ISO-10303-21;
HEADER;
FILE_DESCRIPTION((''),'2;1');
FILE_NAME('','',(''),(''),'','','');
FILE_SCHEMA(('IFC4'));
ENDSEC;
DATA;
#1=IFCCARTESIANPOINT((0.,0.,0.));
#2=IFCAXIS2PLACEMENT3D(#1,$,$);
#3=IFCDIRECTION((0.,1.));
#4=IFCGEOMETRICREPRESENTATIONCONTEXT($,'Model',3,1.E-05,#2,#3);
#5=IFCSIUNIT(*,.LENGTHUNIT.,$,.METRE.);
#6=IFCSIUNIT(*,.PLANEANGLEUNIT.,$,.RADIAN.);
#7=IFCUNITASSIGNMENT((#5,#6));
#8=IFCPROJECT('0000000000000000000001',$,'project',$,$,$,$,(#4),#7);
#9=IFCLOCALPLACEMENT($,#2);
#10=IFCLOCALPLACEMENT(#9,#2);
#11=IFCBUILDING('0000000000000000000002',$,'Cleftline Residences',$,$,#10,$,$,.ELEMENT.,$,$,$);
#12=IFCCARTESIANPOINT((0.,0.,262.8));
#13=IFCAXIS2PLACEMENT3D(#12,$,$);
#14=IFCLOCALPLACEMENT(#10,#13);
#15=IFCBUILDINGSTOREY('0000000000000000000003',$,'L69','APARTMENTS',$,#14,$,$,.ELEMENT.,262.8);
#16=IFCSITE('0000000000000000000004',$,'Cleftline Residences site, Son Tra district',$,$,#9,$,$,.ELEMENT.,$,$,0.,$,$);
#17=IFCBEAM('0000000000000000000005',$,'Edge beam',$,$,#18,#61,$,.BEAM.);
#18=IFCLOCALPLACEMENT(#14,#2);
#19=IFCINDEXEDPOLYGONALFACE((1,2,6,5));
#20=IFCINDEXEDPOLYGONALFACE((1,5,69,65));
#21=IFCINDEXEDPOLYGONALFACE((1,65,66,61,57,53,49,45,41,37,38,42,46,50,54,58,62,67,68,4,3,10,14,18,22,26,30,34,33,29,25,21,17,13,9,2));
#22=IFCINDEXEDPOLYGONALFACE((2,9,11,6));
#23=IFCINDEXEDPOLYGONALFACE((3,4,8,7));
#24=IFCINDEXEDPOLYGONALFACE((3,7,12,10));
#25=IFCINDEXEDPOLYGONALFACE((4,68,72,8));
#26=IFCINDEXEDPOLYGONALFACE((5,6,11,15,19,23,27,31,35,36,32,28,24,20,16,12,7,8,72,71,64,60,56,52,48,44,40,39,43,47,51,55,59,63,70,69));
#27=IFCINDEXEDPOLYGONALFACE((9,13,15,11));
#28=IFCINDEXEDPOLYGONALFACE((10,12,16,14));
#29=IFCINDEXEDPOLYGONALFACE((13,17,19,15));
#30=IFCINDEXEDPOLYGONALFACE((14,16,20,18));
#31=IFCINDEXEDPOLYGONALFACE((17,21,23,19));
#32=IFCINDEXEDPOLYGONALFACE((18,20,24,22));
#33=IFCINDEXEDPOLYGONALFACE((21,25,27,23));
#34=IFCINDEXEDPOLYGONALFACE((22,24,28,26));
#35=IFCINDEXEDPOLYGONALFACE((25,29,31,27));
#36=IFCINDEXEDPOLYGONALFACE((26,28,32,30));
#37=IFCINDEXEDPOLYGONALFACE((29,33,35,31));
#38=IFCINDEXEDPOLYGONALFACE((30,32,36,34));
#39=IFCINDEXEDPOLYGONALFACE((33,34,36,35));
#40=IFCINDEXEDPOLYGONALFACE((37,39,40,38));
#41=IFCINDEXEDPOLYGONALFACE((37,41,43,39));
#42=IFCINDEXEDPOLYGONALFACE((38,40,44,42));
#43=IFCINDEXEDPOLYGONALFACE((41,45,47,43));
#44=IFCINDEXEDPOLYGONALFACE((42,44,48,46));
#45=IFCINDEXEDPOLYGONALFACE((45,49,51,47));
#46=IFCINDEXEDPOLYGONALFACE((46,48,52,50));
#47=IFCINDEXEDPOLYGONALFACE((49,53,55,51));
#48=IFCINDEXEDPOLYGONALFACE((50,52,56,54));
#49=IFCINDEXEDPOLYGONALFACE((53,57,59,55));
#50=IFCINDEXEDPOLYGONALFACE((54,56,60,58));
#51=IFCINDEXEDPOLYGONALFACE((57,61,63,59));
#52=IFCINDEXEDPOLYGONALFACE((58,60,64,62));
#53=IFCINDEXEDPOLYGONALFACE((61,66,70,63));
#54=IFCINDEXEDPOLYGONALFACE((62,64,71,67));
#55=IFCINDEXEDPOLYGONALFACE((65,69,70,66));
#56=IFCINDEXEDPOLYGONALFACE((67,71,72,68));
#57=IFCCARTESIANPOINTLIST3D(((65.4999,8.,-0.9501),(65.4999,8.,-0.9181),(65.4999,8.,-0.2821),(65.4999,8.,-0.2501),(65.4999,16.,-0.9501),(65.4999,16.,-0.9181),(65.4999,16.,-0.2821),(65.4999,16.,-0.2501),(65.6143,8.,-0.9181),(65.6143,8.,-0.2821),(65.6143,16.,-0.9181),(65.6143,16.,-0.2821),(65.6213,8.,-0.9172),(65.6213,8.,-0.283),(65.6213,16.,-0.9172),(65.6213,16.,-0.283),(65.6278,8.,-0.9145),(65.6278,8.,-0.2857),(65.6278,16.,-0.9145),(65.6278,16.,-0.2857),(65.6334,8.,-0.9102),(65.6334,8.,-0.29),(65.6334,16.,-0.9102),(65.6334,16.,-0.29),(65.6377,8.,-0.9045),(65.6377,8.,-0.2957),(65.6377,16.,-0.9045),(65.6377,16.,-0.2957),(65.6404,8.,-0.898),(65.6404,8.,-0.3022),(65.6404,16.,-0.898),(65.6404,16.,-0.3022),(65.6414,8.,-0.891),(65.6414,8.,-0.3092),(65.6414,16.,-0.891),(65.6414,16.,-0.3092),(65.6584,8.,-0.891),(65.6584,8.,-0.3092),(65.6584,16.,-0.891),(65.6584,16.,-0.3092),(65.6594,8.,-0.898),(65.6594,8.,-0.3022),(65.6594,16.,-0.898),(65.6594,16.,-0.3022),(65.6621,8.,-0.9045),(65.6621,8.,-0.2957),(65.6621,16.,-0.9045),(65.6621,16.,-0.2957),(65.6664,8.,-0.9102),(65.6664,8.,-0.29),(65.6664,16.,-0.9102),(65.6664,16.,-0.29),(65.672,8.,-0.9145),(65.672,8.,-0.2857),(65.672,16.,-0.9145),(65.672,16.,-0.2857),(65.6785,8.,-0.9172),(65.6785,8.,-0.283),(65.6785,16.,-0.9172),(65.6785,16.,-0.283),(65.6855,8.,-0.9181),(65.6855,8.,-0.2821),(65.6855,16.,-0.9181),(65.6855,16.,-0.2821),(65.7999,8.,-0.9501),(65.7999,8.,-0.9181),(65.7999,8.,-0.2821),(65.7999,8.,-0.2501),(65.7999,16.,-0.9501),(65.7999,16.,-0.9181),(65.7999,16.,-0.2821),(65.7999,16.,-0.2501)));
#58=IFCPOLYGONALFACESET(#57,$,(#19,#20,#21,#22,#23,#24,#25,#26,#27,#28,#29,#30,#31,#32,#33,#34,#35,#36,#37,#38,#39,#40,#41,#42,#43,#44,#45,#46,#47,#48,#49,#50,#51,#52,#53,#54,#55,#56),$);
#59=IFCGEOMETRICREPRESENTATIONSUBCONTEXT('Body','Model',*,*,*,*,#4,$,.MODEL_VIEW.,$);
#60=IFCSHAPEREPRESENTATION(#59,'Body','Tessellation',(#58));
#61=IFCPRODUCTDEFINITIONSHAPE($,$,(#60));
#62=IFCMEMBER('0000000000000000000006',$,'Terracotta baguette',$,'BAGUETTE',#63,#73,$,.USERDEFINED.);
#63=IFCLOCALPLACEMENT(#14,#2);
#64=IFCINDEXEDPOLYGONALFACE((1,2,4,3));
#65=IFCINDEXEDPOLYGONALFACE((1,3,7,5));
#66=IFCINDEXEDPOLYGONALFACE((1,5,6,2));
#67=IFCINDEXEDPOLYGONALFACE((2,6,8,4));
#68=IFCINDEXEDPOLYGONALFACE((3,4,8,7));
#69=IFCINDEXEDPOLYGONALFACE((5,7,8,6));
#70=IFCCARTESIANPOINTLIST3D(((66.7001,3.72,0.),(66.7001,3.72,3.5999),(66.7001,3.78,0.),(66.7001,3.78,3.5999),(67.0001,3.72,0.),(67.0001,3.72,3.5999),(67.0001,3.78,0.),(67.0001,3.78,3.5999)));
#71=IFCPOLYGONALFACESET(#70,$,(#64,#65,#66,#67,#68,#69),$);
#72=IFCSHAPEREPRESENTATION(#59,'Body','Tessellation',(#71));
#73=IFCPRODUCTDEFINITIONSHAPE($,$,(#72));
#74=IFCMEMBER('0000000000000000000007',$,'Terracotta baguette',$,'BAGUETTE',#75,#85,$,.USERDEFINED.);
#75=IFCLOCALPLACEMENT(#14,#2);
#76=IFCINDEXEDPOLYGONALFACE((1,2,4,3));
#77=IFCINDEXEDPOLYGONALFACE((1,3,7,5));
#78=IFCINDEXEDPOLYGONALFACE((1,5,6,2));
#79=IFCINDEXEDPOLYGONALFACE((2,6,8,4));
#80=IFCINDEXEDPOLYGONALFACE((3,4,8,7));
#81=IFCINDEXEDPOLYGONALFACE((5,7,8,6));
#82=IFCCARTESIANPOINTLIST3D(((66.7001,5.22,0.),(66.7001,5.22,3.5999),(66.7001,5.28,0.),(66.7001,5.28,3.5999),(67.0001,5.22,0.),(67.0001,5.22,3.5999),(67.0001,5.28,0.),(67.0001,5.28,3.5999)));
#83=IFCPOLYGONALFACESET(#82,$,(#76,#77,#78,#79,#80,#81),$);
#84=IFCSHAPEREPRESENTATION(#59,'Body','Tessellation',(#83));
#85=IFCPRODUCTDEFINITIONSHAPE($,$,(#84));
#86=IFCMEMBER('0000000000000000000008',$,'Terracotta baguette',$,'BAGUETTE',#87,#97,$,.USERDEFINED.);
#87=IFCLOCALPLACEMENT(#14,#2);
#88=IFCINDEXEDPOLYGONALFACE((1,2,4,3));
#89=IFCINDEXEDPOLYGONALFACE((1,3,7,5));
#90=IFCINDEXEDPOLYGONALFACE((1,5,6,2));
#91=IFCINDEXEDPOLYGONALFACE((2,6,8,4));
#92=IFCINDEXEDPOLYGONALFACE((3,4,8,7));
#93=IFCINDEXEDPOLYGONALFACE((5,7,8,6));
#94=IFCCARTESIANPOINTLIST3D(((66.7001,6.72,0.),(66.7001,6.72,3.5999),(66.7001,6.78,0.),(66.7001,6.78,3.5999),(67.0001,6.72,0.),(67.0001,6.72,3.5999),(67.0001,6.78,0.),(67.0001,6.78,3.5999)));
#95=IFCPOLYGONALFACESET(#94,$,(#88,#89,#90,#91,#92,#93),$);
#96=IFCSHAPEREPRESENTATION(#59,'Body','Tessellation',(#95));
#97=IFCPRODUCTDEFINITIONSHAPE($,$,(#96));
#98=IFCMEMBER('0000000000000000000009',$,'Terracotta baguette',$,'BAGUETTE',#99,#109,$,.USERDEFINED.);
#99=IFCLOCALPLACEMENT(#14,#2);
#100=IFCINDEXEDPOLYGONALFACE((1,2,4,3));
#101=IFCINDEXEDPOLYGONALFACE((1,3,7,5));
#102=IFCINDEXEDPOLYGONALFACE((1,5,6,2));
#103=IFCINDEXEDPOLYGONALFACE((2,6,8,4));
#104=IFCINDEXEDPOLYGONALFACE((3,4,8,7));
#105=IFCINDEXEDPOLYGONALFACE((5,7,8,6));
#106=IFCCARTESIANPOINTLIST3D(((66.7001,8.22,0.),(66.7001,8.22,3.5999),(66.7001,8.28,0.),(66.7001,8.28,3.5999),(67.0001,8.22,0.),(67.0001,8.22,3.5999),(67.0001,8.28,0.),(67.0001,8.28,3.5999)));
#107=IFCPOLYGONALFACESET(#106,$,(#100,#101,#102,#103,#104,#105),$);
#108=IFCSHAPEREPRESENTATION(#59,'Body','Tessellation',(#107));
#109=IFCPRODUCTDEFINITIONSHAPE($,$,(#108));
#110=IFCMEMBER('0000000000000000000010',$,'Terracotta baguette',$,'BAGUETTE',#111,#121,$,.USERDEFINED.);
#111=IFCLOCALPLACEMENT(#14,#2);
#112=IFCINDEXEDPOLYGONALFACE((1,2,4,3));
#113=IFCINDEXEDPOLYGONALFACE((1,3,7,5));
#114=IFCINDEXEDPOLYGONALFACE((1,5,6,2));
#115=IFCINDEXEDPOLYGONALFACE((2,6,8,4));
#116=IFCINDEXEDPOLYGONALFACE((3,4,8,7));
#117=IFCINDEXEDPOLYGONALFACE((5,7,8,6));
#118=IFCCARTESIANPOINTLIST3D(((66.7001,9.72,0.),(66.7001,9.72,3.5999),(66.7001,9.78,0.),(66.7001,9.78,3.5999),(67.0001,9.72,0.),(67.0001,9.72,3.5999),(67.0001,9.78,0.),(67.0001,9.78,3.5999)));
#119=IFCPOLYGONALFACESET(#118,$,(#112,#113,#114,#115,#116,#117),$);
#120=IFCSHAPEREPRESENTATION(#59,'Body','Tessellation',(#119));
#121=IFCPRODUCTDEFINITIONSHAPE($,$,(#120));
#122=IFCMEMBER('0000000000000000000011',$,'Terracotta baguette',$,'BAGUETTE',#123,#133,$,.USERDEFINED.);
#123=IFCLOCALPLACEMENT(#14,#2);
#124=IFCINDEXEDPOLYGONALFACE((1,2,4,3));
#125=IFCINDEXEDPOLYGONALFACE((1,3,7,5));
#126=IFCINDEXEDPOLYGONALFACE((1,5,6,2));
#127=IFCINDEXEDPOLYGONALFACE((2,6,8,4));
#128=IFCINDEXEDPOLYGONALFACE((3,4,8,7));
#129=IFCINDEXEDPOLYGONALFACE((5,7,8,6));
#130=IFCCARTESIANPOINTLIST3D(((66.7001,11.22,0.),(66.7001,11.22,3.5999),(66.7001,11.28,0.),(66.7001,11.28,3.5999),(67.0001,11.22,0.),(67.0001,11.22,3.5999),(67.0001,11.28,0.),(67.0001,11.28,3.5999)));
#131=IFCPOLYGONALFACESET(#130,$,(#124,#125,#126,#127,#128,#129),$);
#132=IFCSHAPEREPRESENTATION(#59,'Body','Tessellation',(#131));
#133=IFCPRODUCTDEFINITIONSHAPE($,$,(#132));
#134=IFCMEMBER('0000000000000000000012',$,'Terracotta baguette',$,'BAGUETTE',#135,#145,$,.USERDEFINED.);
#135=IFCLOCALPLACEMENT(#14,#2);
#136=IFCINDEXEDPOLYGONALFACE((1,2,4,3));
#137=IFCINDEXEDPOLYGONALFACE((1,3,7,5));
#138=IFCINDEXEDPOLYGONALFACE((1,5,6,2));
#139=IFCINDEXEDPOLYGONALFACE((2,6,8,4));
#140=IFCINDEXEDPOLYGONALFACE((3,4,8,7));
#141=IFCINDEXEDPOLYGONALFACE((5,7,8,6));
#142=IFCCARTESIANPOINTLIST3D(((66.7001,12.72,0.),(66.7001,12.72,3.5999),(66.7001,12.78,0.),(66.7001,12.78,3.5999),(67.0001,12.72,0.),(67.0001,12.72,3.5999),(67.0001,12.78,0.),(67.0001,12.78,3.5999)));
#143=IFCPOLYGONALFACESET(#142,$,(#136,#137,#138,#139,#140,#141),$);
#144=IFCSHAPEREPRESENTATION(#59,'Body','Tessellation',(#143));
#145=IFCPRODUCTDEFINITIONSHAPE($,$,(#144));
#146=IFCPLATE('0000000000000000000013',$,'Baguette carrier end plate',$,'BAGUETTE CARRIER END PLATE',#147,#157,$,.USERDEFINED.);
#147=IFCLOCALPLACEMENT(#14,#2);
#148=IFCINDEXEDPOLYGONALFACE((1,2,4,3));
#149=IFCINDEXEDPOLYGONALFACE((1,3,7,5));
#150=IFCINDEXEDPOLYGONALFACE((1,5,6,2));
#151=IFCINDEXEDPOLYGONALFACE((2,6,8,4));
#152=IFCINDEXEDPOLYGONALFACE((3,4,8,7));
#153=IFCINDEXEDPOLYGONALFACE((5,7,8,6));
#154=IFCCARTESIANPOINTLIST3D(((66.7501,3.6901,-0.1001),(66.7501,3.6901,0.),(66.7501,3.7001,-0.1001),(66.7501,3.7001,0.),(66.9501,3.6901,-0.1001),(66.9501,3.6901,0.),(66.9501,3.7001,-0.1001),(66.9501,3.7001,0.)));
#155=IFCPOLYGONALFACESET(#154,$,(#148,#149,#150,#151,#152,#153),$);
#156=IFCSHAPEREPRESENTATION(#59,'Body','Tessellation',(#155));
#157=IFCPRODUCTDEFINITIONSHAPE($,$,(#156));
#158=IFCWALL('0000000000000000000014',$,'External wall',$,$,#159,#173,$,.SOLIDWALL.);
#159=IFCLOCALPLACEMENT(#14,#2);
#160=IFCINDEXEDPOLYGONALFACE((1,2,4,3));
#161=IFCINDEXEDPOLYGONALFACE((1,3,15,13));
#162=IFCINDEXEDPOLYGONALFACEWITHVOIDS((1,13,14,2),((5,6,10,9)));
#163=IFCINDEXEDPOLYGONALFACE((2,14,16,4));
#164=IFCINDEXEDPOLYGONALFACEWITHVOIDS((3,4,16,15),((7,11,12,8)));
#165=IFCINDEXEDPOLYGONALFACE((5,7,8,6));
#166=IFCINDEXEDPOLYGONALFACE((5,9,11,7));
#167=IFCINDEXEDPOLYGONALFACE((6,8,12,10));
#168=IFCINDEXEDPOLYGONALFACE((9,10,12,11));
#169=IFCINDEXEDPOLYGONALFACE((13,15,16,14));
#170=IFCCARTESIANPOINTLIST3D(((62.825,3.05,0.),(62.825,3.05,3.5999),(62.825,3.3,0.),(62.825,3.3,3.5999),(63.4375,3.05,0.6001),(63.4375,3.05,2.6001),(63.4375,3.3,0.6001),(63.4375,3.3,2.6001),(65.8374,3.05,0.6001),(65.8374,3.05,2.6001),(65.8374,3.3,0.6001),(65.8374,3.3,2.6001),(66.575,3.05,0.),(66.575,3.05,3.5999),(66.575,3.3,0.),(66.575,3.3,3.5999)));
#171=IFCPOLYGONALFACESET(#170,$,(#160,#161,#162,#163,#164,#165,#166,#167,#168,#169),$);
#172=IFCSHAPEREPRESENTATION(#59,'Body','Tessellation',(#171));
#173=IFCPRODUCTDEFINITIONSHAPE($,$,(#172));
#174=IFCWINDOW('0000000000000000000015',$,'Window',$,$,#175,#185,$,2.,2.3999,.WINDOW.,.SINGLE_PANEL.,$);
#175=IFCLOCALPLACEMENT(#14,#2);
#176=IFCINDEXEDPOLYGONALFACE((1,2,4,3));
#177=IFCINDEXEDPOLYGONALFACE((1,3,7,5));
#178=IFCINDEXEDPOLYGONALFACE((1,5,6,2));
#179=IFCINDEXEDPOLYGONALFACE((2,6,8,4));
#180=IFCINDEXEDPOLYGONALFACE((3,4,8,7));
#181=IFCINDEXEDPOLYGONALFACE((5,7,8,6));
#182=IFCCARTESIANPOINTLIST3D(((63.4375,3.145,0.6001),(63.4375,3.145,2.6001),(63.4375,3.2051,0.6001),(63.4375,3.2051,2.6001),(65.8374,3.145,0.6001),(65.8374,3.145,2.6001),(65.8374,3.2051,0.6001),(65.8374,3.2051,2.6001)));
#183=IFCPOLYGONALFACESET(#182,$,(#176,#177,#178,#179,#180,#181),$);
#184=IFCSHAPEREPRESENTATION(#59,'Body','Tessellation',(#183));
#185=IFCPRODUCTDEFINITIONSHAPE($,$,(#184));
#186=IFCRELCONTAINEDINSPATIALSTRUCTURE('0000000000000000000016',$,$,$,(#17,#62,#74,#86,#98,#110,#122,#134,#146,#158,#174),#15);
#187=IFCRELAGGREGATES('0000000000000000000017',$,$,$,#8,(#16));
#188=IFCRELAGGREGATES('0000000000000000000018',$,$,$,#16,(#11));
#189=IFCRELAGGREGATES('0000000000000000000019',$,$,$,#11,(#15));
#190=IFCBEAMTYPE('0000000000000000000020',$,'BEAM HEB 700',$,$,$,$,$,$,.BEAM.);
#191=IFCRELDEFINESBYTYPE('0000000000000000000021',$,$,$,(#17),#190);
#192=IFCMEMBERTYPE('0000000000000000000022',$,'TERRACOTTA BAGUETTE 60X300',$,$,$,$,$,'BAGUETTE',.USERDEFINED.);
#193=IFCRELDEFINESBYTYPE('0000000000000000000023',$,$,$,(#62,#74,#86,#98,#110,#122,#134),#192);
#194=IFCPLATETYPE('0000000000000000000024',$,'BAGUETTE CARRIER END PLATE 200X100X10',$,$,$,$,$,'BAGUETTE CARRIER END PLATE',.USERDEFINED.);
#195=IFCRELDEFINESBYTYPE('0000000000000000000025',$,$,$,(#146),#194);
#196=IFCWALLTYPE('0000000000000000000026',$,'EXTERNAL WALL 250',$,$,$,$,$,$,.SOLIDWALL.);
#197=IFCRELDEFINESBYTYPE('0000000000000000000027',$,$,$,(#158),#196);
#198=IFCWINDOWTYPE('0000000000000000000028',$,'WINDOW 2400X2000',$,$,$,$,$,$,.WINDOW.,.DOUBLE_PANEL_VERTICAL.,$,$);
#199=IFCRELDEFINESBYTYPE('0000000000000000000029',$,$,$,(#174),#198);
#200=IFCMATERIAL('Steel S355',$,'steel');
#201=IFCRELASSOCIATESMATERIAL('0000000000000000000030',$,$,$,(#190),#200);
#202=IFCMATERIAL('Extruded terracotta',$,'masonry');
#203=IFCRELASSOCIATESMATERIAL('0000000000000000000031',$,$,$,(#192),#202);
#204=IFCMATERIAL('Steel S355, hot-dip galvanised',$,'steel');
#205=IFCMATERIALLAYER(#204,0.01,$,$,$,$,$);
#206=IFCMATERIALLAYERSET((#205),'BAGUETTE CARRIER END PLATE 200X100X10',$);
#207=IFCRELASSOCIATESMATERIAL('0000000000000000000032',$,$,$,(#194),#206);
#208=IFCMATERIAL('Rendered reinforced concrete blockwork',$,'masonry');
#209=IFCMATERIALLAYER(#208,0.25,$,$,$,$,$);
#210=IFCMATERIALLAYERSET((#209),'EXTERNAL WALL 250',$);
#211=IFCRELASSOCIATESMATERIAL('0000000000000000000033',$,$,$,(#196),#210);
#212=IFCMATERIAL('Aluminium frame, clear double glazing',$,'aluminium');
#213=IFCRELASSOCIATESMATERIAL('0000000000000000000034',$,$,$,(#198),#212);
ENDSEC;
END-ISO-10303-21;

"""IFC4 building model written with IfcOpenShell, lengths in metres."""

from ifc_helpers import new_model, si_unit, direction, frame, frame_2d, origin, origin_2d, place, context, subcontext, project, spatial, rectangle, i_section, extrude, material, layer, layer_set, material_profile, profile_set, type_object, element, fill, save


model = new_model("IFC4")

# Units and contexts
model_context = context("Model", 3, precision=1e-05, world=origin(), true_north=direction((0.0, 1.0)))
body_context = subcontext(model_context, "Body", "Model", "MODEL_VIEW")
ifc_project = project(units=[si_unit("LENGTHUNIT", "METRE"), si_unit("PLANEANGLEUNIT", "RADIAN")], contexts=[model_context])

# Site, building, storey
site_placement = place(None, origin())
site = spatial("IfcSite", under=ifc_project, at=site_placement, Name="Cleftline Residences site, Son Tra district", CompositionType="ELEMENT", RefElevation=0.0)
building_placement = place(site_placement, origin())
building = spatial("IfcBuilding", under=site, at=building_placement, Name="Cleftline Residences", CompositionType="ELEMENT")
storey_placement = place(building_placement, frame((0.0, 0.0, 262.8)))
storey = spatial("IfcBuildingStorey", under=building, at=storey_placement, Name="L69", Description="APARTMENTS", CompositionType="ELEMENT", Elevation=262.8)

# Beam
ifc_material_1 = material(Name="Steel S355", Category="steel")
ifc_material_profile_1 = material_profile(ifc_material_1, i_section(OverallWidth=0.3, OverallDepth=0.7, WebThickness=0.0171, FlangeThickness=0.032, FilletRadius=0.0271, at=origin_2d()))
ifc_profile_set_1 = profile_set([ifc_material_profile_1], Name="Steel S355")
beam_type = type_object("IfcBeamType", Name="BEAM HEB 700", PredefinedType="BEAM", material=ifc_profile_set_1)
beam_placement = place(storey_placement, frame((65.6499, 8.0, -0.6001), z_axis=(0.0, 1.0, 0.0), x_axis=(-1.0, 0.0, 0.0)))
element("IfcBeam", 1, at=beam_placement, inside=storey, type_object=beam_type, Name="Edge beam", PredefinedType="BEAM", context=body_context, shape_type="SweptSolid", body=[
    extrude(i_section(OverallWidth=0.3, OverallDepth=0.7, WebThickness=0.0171, FlangeThickness=0.032, FilletRadius=0.0271, at=origin_2d()), origin(), (0.0, 0.0, 1.0), 8.0),
])

# Members
ifc_material_2 = material(Name="Extruded terracotta", Category="masonry")
ifc_material_profile_2 = material_profile(ifc_material_2, rectangle(XDim=0.0601, YDim=0.3, at=origin_2d()))
ifc_profile_set_2 = profile_set([ifc_material_profile_2], Name="Extruded terracotta")
member_type_1 = type_object("IfcMemberType", Name="TERRACOTTA BAGUETTE 60X300", ElementType="BAGUETTE", PredefinedType="USERDEFINED", material=ifc_profile_set_2)
for number, where, z_axis, x_axis, name in (
    (2, (66.8501, 3.75, 0.0), (0.0, 0.0, 1.0), (0.0, 1.0, 0.0), "Terracotta baguette"),
    (3, (66.8501, 5.25, 0.0), (0.0, 0.0, 1.0), (0.0, 1.0, 0.0), "Terracotta baguette"),
    (4, (66.8501, 6.75, 0.0), (0.0, 0.0, 1.0), (0.0, 1.0, 0.0), "Terracotta baguette"),
    (5, (66.8501, 8.25, 0.0), (0.0, 0.0, 1.0), (0.0, 1.0, 0.0), "Terracotta baguette"),
    (6, (66.8501, 9.75, 0.0), (0.0, 0.0, 1.0), (0.0, 1.0, 0.0), "Terracotta baguette"),
    (7, (66.8501, 11.25, 0.0), (0.0, 0.0, 1.0), (0.0, 1.0, 0.0), "Terracotta baguette"),
    (8, (66.8501, 12.75, 0.0), (0.0, 0.0, 1.0), (0.0, 1.0, 0.0), "Terracotta baguette"),
):
    element("IfcMember", number, at=place(storey_placement, frame(where, z_axis=z_axis, x_axis=x_axis)), inside=storey, type_object=member_type_1, Name=name, ObjectType="BAGUETTE", PredefinedType="USERDEFINED", context=body_context, shape_type="SweptSolid", body=[
        extrude(rectangle(XDim=0.0601, YDim=0.3, at=origin_2d()), origin(), (0.0, 0.0, 1.0), 3.5999),
    ])

# Plate
ifc_material_3 = material(Name="Steel S355, hot-dip galvanised", Category="steel")
ifc_layer_1 = layer(ifc_material_3, 0.01)
ifc_layer_set_1 = layer_set([ifc_layer_1], Name="BAGUETTE CARRIER END PLATE 200X100X10")
plate_type = type_object("IfcPlateType", Name="BAGUETTE CARRIER END PLATE 200X100X10", ElementType="BAGUETTE CARRIER END PLATE", PredefinedType="USERDEFINED", material=ifc_layer_set_1)
plate_placement = place(storey_placement, frame((66.8501, 3.6951, -0.1001), z_axis=(0.0, 0.0, 1.0), x_axis=(1.0, 0.0, 0.0)))
element("IfcPlate", 9, at=plate_placement, inside=storey, type_object=plate_type, Name="Baguette carrier end plate", ObjectType="BAGUETTE CARRIER END PLATE", PredefinedType="USERDEFINED", context=body_context, shape_type="SweptSolid", body=[
    extrude(rectangle(XDim=0.2, YDim=0.01, at=origin_2d()), origin(), (0.0, 0.0, 1.0), 0.1001),
])

# Wall, opening, window
ifc_material_4 = material(Name="Rendered reinforced concrete blockwork", Category="masonry")
ifc_layer_2 = layer(ifc_material_4, 0.25)
ifc_layer_set_2 = layer_set([ifc_layer_2], Name="EXTERNAL WALL 250")
wall_type = type_object("IfcWallType", Name="EXTERNAL WALL 250", PredefinedType="SOLIDWALL", material=ifc_layer_set_2)
wall_1_placement = place(storey_placement, frame((62.825, 3.175, 0.0), z_axis=(0.0, 0.0, 1.0), x_axis=(1.0, 0.0, 0.0)))
wall_1 = element("IfcWall", 10, at=wall_1_placement, inside=storey, type_object=wall_type, Name="External wall", PredefinedType="SOLIDWALL", context=body_context, shape_type="SweptSolid", body=[
    extrude(rectangle(XDim=3.75, YDim=0.25, at=frame_2d((1.875, 0.0))), origin(), (0.0, 0.0, 1.0), 3.5999),
])
opening_1_placement = place(wall_1_placement, frame((0.6125, 0.0, 0.6001)))
opening_1 = element("IfcOpeningElement", 11, at=opening_1_placement, cuts=wall_1, PredefinedType="OPENING", context=body_context, shape_type="SweptSolid", body=[
    extrude(rectangle(XDim=2.3999, YDim=2.0, at=frame_2d((1.2, 1.0))), frame((0.0, 0.135, 0.0), z_axis=(0.0, -1.0, 0.0), x_axis=(1.0, 0.0, 0.0)), (0.0, 0.0, 1.0), 0.27),
])
ifc_material_5 = material(Name="Aluminium frame, clear double glazing", Category="aluminium")
window_type_1 = type_object("IfcWindowType", Name="WINDOW 2400X2000", PartitioningType="DOUBLE_PANEL_VERTICAL", PredefinedType="WINDOW", material=ifc_material_5)
window_1_placement = place(opening_1_placement, origin())
window_1 = element("IfcWindow", 12, at=window_1_placement, inside=storey, type_object=window_type_1, Name="Window", OverallHeight=2.0, OverallWidth=2.3999, PartitioningType="SINGLE_PANEL", PredefinedType="WINDOW", context=body_context, shape_type="SweptSolid", body=[
    extrude(rectangle(XDim=2.3999, YDim=2.0, at=frame_2d((1.2, 1.0))), frame((0.0, 0.03, 0.0), z_axis=(0.0, -1.0, 0.0), x_axis=(1.0, 0.0, 0.0)), (0.0, 0.0, 1.0), 0.0601),
])
fill(opening_1, window_1)

save(model, "model.ifc")
